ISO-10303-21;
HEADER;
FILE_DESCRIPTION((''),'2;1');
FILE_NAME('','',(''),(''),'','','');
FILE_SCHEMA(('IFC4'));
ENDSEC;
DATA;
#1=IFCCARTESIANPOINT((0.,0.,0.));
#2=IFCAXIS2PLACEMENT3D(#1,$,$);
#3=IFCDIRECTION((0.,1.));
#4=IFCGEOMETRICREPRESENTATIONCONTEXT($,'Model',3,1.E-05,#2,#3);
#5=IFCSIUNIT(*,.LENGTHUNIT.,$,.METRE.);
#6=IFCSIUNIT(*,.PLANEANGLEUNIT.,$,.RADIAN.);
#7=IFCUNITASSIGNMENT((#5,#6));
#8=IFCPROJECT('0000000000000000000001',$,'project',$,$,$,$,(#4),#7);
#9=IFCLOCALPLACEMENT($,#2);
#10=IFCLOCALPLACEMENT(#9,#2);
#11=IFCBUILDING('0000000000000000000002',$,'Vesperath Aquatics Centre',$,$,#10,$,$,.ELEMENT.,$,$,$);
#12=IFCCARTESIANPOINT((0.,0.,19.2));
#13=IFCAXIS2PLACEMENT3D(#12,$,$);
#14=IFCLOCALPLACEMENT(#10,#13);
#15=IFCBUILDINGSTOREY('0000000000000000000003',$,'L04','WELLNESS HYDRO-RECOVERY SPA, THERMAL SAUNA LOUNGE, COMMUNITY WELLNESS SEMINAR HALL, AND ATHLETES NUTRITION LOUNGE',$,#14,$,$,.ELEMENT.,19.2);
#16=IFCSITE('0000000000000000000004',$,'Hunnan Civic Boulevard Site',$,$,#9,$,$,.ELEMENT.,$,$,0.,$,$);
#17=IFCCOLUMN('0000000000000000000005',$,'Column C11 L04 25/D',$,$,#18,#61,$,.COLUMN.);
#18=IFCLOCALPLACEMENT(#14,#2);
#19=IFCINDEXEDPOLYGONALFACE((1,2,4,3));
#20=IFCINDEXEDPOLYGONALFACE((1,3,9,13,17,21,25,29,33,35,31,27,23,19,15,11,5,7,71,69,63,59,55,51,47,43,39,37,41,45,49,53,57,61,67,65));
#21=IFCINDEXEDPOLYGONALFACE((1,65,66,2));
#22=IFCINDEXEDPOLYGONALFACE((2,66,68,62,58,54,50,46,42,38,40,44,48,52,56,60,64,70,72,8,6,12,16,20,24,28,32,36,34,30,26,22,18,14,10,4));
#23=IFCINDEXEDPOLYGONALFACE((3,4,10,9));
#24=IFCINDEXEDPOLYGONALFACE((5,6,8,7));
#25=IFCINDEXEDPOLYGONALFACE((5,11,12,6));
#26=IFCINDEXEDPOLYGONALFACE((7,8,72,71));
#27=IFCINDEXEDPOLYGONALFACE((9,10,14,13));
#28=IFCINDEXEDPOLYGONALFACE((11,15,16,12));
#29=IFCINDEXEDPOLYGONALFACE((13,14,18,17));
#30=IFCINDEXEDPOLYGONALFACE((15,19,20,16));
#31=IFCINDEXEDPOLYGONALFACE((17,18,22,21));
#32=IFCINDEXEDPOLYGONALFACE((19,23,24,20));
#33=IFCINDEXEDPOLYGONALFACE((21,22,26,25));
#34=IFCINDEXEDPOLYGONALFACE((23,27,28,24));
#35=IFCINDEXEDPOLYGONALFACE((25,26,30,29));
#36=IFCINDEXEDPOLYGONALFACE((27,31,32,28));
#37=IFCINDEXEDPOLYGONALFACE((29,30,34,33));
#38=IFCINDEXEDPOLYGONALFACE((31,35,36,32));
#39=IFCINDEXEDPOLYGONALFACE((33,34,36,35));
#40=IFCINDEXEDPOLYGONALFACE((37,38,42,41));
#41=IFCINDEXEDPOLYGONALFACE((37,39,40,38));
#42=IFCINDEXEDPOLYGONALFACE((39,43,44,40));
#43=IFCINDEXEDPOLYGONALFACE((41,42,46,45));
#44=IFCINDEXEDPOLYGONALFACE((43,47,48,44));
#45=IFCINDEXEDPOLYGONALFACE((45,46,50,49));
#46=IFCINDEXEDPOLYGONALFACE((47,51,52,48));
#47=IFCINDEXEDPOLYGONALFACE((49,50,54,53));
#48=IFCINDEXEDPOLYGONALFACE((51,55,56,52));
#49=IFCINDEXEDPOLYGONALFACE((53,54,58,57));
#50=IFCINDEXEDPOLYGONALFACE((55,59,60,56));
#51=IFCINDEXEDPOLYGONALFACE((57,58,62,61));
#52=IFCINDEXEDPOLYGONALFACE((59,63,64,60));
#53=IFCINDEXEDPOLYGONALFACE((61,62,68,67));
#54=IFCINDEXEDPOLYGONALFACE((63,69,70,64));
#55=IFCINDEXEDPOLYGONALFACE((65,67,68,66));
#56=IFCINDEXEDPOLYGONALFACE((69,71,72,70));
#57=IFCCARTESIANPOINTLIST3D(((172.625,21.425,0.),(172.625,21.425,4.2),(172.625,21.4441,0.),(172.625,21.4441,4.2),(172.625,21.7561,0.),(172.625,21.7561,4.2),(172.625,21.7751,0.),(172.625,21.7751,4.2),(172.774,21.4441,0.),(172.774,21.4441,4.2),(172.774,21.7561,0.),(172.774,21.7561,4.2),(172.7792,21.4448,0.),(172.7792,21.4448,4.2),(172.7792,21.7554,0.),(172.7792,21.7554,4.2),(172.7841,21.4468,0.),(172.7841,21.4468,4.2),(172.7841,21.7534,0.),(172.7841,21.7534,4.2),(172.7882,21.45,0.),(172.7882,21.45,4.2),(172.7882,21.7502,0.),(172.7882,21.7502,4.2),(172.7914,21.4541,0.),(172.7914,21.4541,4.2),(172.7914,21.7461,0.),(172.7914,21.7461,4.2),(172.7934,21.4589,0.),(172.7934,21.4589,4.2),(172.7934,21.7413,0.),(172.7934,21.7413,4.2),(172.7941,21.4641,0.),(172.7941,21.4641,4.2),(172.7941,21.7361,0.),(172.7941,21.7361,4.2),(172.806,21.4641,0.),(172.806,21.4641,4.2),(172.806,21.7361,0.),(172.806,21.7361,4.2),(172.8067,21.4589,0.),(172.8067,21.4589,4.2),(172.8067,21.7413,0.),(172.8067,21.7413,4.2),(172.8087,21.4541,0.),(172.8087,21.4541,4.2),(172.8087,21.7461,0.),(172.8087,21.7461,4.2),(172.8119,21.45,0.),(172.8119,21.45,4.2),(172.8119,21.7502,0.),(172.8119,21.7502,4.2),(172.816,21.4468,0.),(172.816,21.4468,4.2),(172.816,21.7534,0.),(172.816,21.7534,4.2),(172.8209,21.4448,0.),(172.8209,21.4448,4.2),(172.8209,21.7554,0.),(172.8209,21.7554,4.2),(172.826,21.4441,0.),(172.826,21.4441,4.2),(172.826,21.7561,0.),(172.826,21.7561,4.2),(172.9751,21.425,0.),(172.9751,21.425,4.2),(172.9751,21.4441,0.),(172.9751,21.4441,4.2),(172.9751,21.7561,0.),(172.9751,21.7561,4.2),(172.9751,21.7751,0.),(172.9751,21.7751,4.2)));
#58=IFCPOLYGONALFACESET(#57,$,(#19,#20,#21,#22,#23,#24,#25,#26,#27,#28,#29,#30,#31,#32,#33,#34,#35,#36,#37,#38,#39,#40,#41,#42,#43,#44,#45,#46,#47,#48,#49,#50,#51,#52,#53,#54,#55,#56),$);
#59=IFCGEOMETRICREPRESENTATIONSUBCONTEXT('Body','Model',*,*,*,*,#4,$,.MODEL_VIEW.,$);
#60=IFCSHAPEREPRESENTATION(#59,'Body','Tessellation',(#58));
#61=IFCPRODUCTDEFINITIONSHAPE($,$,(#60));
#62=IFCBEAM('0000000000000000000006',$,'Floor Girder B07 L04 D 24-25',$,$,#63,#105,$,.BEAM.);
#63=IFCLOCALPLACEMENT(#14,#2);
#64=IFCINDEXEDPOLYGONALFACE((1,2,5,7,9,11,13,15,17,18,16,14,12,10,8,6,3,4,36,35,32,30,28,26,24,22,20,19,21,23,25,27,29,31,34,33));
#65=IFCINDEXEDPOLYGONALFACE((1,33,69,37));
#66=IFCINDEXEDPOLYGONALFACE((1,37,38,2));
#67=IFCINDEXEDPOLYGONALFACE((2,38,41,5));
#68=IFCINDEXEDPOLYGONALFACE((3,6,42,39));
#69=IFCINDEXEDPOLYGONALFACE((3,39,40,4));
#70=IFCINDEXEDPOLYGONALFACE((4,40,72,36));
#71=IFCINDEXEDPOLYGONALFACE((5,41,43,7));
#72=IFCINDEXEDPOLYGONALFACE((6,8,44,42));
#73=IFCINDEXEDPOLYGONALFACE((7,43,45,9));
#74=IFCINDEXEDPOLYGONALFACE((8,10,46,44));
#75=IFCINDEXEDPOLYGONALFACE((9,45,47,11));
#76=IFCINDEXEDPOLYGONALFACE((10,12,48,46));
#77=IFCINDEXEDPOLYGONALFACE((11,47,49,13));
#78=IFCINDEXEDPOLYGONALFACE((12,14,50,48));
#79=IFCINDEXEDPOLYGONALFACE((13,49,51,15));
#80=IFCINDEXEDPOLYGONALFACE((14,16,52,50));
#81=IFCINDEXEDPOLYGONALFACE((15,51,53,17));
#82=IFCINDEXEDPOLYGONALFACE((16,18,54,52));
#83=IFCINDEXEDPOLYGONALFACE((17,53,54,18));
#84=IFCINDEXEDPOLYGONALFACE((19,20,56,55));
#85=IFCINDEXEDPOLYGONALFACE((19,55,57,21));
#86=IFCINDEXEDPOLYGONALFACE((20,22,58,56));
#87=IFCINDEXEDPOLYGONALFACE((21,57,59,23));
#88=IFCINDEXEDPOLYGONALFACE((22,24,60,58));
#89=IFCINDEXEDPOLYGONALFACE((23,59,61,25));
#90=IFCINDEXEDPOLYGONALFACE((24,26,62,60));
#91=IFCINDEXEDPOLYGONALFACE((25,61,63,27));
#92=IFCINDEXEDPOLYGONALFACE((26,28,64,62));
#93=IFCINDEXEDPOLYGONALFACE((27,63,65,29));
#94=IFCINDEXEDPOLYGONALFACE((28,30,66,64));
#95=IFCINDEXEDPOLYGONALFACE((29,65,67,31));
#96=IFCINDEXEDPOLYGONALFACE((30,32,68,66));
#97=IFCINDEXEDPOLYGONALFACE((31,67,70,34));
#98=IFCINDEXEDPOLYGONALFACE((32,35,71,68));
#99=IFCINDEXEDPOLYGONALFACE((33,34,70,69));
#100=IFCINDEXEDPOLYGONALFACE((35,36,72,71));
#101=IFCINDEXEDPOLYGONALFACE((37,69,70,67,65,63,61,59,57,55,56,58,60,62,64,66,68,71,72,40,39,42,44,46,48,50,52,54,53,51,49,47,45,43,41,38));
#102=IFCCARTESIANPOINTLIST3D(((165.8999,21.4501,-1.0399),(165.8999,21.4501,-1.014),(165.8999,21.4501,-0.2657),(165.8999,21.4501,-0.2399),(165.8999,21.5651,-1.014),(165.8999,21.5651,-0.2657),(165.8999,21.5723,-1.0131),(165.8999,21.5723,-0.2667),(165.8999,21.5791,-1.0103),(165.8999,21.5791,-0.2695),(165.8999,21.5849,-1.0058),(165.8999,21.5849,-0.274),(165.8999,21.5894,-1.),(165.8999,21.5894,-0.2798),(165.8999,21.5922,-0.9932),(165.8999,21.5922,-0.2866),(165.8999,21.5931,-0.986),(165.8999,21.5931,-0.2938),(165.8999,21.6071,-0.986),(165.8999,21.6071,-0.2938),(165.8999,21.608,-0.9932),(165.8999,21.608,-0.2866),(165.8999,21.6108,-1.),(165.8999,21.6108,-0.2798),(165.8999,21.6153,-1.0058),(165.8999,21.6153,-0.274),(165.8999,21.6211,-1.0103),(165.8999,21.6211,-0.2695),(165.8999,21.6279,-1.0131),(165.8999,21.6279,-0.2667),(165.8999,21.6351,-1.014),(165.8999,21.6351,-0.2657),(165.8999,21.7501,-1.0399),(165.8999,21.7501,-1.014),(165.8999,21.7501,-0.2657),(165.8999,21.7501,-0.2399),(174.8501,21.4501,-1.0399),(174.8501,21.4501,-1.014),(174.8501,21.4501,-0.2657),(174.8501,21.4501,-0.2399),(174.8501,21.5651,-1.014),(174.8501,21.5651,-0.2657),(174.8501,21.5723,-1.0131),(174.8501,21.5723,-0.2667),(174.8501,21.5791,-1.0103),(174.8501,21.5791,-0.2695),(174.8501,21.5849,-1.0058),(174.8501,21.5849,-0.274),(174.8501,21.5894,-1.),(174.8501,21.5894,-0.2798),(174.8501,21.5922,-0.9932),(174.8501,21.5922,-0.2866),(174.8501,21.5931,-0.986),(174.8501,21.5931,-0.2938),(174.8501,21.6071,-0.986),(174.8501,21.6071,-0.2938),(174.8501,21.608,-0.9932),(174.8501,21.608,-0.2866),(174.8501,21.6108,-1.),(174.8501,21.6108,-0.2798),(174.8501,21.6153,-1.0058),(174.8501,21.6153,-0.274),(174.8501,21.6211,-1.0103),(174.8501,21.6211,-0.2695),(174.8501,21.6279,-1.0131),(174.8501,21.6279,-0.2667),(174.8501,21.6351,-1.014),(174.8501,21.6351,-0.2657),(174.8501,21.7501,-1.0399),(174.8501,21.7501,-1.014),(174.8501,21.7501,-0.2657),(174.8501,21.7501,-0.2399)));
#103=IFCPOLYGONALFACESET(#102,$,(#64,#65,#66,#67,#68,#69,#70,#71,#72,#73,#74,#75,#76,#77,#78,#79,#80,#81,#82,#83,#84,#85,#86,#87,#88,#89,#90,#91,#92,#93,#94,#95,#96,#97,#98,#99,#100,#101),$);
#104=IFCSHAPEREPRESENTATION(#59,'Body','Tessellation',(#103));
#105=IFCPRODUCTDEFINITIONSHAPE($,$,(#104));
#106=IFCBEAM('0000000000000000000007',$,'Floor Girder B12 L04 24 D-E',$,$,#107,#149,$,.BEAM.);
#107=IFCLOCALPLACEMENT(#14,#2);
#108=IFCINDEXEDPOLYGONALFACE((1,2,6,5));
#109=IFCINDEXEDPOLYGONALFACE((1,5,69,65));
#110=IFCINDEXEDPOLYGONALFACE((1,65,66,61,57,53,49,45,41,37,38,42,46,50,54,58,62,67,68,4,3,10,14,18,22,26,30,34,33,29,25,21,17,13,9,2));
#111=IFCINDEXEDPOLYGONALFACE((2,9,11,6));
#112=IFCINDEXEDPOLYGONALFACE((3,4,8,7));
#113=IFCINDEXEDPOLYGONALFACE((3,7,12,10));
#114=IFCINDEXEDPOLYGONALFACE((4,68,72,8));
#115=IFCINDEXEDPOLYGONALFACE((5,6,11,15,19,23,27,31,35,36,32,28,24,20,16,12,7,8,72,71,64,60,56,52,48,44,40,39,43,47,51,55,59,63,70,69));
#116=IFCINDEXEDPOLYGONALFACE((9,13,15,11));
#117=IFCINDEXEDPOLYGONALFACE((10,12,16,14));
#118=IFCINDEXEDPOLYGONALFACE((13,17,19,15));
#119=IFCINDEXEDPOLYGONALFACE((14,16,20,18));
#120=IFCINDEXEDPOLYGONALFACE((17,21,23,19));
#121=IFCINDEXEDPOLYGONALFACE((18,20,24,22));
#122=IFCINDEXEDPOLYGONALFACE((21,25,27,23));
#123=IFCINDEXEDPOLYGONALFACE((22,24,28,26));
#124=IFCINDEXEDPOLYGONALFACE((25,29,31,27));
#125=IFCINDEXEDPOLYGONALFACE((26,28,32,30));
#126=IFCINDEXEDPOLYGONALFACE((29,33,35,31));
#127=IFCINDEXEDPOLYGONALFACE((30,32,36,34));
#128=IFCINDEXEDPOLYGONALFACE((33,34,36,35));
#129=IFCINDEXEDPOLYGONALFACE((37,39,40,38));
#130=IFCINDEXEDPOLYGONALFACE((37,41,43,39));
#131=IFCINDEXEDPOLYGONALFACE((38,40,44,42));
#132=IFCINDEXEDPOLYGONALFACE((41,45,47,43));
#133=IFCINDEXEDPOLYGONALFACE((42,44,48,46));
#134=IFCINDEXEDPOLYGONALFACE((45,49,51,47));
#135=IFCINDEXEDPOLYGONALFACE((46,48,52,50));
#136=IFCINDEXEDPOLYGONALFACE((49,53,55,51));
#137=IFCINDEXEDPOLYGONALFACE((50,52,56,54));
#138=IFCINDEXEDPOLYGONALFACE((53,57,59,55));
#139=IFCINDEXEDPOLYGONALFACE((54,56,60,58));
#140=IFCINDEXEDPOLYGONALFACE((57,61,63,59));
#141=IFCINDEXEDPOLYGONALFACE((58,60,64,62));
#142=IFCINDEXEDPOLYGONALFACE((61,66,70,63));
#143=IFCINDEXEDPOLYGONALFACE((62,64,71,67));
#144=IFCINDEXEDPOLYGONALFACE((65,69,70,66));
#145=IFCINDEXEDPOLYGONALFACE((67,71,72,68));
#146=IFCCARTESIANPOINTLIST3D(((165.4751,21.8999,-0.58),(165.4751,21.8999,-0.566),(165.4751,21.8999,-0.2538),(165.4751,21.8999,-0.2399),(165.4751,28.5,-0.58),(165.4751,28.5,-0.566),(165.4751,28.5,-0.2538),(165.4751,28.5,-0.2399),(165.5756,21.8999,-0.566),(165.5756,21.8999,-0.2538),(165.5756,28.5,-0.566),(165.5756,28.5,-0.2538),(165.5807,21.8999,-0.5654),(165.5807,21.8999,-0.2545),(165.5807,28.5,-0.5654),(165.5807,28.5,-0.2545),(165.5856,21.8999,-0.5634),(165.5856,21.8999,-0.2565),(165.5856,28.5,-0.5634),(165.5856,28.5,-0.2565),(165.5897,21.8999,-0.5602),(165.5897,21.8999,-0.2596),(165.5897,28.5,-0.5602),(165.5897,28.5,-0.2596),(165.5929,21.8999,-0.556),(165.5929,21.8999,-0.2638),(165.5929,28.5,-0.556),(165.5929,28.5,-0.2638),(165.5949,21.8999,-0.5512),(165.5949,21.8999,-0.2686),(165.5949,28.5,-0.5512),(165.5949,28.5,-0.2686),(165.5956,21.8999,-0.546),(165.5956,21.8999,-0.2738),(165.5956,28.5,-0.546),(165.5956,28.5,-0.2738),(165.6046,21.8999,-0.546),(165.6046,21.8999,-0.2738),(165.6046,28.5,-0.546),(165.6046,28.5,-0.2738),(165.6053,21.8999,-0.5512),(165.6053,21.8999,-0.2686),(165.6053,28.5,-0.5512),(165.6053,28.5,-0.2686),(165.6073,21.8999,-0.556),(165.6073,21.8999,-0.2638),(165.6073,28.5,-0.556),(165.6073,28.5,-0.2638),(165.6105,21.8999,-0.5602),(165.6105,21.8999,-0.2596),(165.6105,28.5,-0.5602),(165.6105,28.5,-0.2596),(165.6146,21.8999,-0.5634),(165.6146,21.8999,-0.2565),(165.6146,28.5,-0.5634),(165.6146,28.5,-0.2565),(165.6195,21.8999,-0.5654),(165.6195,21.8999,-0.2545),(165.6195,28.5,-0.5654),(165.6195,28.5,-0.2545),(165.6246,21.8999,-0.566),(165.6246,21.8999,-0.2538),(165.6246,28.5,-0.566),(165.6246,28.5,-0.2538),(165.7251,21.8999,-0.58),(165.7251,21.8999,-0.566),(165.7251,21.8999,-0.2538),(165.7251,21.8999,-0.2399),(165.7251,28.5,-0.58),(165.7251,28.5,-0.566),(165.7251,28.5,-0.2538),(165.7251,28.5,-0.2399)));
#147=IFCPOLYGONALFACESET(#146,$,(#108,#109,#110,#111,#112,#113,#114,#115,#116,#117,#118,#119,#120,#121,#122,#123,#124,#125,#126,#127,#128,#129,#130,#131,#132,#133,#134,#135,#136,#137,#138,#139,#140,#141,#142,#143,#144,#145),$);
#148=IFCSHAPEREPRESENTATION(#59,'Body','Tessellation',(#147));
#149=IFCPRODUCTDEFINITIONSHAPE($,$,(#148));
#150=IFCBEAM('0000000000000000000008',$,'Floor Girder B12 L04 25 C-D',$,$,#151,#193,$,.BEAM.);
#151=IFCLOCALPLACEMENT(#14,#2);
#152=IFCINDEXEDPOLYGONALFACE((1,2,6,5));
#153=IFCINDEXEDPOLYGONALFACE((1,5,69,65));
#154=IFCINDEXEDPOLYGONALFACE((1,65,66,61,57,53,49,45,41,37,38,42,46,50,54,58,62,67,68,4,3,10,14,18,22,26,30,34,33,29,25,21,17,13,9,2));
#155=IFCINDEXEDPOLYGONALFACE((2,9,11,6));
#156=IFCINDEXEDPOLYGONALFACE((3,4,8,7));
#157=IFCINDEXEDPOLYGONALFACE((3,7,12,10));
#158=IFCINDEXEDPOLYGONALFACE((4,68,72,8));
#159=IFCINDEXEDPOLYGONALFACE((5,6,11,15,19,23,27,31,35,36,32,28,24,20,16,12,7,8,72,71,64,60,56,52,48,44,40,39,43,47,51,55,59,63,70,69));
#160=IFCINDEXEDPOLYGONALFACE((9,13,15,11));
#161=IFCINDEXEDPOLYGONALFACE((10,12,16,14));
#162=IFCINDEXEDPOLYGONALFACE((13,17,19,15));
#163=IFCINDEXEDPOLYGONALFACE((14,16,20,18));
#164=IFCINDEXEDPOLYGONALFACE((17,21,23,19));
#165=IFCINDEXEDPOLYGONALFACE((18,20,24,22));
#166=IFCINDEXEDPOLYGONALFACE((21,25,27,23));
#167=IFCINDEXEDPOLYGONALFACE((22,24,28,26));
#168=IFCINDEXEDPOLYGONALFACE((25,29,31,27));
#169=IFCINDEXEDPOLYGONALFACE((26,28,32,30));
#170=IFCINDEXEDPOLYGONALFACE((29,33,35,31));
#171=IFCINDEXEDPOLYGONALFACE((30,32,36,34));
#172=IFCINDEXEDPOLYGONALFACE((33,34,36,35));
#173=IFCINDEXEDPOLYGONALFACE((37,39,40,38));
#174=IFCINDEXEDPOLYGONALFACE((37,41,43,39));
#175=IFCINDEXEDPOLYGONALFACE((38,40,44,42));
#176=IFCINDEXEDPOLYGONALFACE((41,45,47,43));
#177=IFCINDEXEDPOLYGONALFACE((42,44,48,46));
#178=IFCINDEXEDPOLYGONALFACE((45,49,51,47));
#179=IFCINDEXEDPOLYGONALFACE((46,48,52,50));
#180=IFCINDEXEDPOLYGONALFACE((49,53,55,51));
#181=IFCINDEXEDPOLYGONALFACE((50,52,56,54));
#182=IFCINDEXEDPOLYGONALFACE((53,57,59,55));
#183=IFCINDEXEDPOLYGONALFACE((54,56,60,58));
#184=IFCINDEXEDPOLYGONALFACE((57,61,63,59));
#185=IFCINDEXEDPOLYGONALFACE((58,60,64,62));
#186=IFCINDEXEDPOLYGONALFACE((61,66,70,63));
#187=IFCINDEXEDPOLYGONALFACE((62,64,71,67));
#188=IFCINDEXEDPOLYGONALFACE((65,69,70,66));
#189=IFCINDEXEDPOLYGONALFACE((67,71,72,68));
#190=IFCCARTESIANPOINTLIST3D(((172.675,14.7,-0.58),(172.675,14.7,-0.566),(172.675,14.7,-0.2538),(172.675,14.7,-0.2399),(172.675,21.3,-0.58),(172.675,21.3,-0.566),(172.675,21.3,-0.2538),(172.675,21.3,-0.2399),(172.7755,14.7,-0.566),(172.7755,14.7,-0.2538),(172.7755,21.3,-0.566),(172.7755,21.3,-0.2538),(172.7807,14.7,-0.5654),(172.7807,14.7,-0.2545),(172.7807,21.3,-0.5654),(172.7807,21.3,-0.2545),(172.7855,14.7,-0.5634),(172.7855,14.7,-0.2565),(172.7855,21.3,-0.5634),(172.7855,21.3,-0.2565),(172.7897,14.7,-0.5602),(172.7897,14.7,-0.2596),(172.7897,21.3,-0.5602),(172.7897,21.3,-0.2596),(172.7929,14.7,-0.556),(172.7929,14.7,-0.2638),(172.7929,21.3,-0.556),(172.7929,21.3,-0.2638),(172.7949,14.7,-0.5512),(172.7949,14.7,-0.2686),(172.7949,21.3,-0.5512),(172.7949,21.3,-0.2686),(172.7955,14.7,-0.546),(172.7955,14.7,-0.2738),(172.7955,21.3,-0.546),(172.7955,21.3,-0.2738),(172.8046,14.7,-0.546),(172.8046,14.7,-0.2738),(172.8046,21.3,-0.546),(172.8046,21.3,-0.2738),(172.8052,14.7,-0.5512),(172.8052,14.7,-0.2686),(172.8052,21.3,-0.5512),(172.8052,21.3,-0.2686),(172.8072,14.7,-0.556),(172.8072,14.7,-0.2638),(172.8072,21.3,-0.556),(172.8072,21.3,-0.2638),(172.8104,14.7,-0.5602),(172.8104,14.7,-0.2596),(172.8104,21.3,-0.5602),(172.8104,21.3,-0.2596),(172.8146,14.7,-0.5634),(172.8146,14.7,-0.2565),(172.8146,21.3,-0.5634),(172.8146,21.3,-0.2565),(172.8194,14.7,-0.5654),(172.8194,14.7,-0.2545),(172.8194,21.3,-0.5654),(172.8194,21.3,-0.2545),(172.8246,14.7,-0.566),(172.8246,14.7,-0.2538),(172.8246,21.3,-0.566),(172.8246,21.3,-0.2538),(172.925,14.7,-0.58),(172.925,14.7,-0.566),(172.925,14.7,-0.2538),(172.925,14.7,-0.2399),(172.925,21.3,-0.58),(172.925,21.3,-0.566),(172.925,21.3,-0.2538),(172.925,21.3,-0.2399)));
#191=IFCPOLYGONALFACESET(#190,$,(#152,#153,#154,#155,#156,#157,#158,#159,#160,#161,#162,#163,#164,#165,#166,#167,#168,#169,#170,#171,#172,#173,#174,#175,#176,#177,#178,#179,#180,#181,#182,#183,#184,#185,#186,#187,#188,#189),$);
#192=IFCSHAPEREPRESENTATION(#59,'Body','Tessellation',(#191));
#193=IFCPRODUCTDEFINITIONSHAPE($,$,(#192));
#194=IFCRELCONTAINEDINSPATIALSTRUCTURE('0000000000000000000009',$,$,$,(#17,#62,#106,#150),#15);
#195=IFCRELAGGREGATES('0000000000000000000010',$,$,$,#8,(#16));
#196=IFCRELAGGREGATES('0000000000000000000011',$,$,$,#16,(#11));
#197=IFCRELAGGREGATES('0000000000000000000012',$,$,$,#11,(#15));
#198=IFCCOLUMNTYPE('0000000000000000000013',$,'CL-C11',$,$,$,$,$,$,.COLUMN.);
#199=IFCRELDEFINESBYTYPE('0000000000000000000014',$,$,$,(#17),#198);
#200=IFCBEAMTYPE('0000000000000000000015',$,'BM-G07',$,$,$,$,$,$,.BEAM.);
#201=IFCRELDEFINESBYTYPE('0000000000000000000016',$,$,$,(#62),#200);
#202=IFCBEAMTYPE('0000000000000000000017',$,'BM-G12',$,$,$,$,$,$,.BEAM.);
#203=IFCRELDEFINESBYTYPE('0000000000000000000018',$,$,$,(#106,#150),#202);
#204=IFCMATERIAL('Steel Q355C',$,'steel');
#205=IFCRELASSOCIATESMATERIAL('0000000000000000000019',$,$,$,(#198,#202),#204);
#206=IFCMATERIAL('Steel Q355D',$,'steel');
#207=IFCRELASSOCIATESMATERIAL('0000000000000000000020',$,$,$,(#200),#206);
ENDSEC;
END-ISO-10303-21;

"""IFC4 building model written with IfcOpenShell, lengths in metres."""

from ifc_helpers import new_model, si_unit, direction, frame, origin, origin_2d, place, context, subcontext, project, spatial, i_section, extrude, material, material_profile, profile_set, type_object, element, save


model = new_model("IFC4")

# Units and contexts
model_context = context("Model", 3, precision=1e-05, world=origin(), true_north=direction((0.0, 1.0)))
body_context = subcontext(model_context, "Body", "Model", "MODEL_VIEW")
ifc_project = project(units=[si_unit("LENGTHUNIT", "METRE"), si_unit("PLANEANGLEUNIT", "RADIAN")], contexts=[model_context])

# Site, building, storey
site_placement = place(None, origin())
site = spatial("IfcSite", under=ifc_project, at=site_placement, Name="Hunnan Civic Boulevard Site", CompositionType="ELEMENT", RefElevation=0.0)
building_placement = place(site_placement, origin())
building = spatial("IfcBuilding", under=site, at=building_placement, Name="Vesperath Aquatics Centre", CompositionType="ELEMENT")
storey_placement = place(building_placement, frame((0.0, 0.0, 19.2)))
storey = spatial("IfcBuildingStorey", under=building, at=storey_placement, Name="L04", Description="WELLNESS HYDRO-RECOVERY SPA, THERMAL SAUNA LOUNGE, COMMUNITY WELLNESS SEMINAR HALL, AND ATHLETES NUTRITION LOUNGE", CompositionType="ELEMENT", Elevation=19.2)

# Column
ifc_material_1 = material(Name="Steel Q355C", Category="steel")
ifc_material_profile_1 = material_profile(ifc_material_1, i_section(OverallWidth=0.3501, OverallDepth=0.3501, WebThickness=0.012, FlangeThickness=0.019, FilletRadius=0.02, at=origin_2d()), Name="HW 350x350x12x19")
ifc_profile_set_1 = profile_set([ifc_material_profile_1], Name="Steel Q355C")
column_type = type_object("IfcColumnType", Name="CL-C11", PredefinedType="COLUMN", material=ifc_profile_set_1)
column_placement = place(storey_placement, frame((172.8, 21.6001, 0.0), z_axis=(0.0, 0.0, 1.0), x_axis=(1.0, 0.0, 0.0)))
element("IfcColumn", 1, at=column_placement, inside=storey, type_object=column_type, Name="Column C11 L04 25/D", PredefinedType="COLUMN", context=body_context, shape_type="SweptSolid", body=[
    extrude(i_section(OverallWidth=0.3501, OverallDepth=0.3501, WebThickness=0.012, FlangeThickness=0.019, FilletRadius=0.02, at=origin_2d()), origin(), (0.0, 0.0, 1.0), 4.2),
])

# Beams
ifc_material_2 = material(Name="Steel Q355D", Category="steel")
ifc_material_profile_2 = material_profile(ifc_material_2, i_section(OverallWidth=0.3, OverallDepth=0.8, WebThickness=0.0139, FlangeThickness=0.0259, FilletRadius=0.0281, at=origin_2d()), Name="HN 800x300x14x26")
ifc_profile_set_2 = profile_set([ifc_material_profile_2], Name="Steel Q355D")
beam_type_1 = type_object("IfcBeamType", Name="BM-G07", PredefinedType="BEAM", material=ifc_profile_set_2)
beam_1_placement = place(storey_placement, frame((165.8999, 21.6001, -0.6399), z_axis=(1.0, 0.0, 0.0), x_axis=(0.0, 1.0, 0.0)))
element("IfcBeam", 2, at=beam_1_placement, inside=storey, type_object=beam_type_1, Name="Floor Girder B07 L04 D 24-25", PredefinedType="BEAM", context=body_context, shape_type="SweptSolid", body=[
    extrude(i_section(OverallWidth=0.3, OverallDepth=0.8, WebThickness=0.0139, FlangeThickness=0.0259, FilletRadius=0.0281, at=origin_2d()), origin(), (0.0, 0.0, 1.0), 8.9502),
])
ifc_material_profile_3 = material_profile(ifc_material_1, i_section(OverallWidth=0.25, OverallDepth=0.3401, WebThickness=0.009, FlangeThickness=0.0139, FilletRadius=0.02, at=origin_2d()), Name="HM 340x250x9x14")
ifc_profile_set_3 = profile_set([ifc_material_profile_3], Name="Steel Q355C")
beam_type_2 = type_object("IfcBeamType", Name="BM-G12", PredefinedType="BEAM", material=ifc_profile_set_3)
for number, where, z_axis, x_axis, name in (
    (3, (165.6001, 21.8999, -0.4099), (0.0, 1.0, 0.0), (-1.0, 0.0, 0.0), "Floor Girder B12 L04 24 D-E"),
    (4, (172.8, 14.7, -0.4099), (0.0, 1.0, 0.0), (-1.0, 0.0, 0.0), "Floor Girder B12 L04 25 C-D"),
):
    element("IfcBeam", number, at=place(storey_placement, frame(where, z_axis=z_axis, x_axis=x_axis)), inside=storey, type_object=beam_type_2, Name=name, PredefinedType="BEAM", context=body_context, shape_type="SweptSolid", body=[
        extrude(i_section(OverallWidth=0.25, OverallDepth=0.3401, WebThickness=0.009, FlangeThickness=0.0139, FilletRadius=0.02, at=origin_2d()), origin(), (0.0, 0.0, 1.0), 6.6001),
    ])

save(model, "model.ifc")
